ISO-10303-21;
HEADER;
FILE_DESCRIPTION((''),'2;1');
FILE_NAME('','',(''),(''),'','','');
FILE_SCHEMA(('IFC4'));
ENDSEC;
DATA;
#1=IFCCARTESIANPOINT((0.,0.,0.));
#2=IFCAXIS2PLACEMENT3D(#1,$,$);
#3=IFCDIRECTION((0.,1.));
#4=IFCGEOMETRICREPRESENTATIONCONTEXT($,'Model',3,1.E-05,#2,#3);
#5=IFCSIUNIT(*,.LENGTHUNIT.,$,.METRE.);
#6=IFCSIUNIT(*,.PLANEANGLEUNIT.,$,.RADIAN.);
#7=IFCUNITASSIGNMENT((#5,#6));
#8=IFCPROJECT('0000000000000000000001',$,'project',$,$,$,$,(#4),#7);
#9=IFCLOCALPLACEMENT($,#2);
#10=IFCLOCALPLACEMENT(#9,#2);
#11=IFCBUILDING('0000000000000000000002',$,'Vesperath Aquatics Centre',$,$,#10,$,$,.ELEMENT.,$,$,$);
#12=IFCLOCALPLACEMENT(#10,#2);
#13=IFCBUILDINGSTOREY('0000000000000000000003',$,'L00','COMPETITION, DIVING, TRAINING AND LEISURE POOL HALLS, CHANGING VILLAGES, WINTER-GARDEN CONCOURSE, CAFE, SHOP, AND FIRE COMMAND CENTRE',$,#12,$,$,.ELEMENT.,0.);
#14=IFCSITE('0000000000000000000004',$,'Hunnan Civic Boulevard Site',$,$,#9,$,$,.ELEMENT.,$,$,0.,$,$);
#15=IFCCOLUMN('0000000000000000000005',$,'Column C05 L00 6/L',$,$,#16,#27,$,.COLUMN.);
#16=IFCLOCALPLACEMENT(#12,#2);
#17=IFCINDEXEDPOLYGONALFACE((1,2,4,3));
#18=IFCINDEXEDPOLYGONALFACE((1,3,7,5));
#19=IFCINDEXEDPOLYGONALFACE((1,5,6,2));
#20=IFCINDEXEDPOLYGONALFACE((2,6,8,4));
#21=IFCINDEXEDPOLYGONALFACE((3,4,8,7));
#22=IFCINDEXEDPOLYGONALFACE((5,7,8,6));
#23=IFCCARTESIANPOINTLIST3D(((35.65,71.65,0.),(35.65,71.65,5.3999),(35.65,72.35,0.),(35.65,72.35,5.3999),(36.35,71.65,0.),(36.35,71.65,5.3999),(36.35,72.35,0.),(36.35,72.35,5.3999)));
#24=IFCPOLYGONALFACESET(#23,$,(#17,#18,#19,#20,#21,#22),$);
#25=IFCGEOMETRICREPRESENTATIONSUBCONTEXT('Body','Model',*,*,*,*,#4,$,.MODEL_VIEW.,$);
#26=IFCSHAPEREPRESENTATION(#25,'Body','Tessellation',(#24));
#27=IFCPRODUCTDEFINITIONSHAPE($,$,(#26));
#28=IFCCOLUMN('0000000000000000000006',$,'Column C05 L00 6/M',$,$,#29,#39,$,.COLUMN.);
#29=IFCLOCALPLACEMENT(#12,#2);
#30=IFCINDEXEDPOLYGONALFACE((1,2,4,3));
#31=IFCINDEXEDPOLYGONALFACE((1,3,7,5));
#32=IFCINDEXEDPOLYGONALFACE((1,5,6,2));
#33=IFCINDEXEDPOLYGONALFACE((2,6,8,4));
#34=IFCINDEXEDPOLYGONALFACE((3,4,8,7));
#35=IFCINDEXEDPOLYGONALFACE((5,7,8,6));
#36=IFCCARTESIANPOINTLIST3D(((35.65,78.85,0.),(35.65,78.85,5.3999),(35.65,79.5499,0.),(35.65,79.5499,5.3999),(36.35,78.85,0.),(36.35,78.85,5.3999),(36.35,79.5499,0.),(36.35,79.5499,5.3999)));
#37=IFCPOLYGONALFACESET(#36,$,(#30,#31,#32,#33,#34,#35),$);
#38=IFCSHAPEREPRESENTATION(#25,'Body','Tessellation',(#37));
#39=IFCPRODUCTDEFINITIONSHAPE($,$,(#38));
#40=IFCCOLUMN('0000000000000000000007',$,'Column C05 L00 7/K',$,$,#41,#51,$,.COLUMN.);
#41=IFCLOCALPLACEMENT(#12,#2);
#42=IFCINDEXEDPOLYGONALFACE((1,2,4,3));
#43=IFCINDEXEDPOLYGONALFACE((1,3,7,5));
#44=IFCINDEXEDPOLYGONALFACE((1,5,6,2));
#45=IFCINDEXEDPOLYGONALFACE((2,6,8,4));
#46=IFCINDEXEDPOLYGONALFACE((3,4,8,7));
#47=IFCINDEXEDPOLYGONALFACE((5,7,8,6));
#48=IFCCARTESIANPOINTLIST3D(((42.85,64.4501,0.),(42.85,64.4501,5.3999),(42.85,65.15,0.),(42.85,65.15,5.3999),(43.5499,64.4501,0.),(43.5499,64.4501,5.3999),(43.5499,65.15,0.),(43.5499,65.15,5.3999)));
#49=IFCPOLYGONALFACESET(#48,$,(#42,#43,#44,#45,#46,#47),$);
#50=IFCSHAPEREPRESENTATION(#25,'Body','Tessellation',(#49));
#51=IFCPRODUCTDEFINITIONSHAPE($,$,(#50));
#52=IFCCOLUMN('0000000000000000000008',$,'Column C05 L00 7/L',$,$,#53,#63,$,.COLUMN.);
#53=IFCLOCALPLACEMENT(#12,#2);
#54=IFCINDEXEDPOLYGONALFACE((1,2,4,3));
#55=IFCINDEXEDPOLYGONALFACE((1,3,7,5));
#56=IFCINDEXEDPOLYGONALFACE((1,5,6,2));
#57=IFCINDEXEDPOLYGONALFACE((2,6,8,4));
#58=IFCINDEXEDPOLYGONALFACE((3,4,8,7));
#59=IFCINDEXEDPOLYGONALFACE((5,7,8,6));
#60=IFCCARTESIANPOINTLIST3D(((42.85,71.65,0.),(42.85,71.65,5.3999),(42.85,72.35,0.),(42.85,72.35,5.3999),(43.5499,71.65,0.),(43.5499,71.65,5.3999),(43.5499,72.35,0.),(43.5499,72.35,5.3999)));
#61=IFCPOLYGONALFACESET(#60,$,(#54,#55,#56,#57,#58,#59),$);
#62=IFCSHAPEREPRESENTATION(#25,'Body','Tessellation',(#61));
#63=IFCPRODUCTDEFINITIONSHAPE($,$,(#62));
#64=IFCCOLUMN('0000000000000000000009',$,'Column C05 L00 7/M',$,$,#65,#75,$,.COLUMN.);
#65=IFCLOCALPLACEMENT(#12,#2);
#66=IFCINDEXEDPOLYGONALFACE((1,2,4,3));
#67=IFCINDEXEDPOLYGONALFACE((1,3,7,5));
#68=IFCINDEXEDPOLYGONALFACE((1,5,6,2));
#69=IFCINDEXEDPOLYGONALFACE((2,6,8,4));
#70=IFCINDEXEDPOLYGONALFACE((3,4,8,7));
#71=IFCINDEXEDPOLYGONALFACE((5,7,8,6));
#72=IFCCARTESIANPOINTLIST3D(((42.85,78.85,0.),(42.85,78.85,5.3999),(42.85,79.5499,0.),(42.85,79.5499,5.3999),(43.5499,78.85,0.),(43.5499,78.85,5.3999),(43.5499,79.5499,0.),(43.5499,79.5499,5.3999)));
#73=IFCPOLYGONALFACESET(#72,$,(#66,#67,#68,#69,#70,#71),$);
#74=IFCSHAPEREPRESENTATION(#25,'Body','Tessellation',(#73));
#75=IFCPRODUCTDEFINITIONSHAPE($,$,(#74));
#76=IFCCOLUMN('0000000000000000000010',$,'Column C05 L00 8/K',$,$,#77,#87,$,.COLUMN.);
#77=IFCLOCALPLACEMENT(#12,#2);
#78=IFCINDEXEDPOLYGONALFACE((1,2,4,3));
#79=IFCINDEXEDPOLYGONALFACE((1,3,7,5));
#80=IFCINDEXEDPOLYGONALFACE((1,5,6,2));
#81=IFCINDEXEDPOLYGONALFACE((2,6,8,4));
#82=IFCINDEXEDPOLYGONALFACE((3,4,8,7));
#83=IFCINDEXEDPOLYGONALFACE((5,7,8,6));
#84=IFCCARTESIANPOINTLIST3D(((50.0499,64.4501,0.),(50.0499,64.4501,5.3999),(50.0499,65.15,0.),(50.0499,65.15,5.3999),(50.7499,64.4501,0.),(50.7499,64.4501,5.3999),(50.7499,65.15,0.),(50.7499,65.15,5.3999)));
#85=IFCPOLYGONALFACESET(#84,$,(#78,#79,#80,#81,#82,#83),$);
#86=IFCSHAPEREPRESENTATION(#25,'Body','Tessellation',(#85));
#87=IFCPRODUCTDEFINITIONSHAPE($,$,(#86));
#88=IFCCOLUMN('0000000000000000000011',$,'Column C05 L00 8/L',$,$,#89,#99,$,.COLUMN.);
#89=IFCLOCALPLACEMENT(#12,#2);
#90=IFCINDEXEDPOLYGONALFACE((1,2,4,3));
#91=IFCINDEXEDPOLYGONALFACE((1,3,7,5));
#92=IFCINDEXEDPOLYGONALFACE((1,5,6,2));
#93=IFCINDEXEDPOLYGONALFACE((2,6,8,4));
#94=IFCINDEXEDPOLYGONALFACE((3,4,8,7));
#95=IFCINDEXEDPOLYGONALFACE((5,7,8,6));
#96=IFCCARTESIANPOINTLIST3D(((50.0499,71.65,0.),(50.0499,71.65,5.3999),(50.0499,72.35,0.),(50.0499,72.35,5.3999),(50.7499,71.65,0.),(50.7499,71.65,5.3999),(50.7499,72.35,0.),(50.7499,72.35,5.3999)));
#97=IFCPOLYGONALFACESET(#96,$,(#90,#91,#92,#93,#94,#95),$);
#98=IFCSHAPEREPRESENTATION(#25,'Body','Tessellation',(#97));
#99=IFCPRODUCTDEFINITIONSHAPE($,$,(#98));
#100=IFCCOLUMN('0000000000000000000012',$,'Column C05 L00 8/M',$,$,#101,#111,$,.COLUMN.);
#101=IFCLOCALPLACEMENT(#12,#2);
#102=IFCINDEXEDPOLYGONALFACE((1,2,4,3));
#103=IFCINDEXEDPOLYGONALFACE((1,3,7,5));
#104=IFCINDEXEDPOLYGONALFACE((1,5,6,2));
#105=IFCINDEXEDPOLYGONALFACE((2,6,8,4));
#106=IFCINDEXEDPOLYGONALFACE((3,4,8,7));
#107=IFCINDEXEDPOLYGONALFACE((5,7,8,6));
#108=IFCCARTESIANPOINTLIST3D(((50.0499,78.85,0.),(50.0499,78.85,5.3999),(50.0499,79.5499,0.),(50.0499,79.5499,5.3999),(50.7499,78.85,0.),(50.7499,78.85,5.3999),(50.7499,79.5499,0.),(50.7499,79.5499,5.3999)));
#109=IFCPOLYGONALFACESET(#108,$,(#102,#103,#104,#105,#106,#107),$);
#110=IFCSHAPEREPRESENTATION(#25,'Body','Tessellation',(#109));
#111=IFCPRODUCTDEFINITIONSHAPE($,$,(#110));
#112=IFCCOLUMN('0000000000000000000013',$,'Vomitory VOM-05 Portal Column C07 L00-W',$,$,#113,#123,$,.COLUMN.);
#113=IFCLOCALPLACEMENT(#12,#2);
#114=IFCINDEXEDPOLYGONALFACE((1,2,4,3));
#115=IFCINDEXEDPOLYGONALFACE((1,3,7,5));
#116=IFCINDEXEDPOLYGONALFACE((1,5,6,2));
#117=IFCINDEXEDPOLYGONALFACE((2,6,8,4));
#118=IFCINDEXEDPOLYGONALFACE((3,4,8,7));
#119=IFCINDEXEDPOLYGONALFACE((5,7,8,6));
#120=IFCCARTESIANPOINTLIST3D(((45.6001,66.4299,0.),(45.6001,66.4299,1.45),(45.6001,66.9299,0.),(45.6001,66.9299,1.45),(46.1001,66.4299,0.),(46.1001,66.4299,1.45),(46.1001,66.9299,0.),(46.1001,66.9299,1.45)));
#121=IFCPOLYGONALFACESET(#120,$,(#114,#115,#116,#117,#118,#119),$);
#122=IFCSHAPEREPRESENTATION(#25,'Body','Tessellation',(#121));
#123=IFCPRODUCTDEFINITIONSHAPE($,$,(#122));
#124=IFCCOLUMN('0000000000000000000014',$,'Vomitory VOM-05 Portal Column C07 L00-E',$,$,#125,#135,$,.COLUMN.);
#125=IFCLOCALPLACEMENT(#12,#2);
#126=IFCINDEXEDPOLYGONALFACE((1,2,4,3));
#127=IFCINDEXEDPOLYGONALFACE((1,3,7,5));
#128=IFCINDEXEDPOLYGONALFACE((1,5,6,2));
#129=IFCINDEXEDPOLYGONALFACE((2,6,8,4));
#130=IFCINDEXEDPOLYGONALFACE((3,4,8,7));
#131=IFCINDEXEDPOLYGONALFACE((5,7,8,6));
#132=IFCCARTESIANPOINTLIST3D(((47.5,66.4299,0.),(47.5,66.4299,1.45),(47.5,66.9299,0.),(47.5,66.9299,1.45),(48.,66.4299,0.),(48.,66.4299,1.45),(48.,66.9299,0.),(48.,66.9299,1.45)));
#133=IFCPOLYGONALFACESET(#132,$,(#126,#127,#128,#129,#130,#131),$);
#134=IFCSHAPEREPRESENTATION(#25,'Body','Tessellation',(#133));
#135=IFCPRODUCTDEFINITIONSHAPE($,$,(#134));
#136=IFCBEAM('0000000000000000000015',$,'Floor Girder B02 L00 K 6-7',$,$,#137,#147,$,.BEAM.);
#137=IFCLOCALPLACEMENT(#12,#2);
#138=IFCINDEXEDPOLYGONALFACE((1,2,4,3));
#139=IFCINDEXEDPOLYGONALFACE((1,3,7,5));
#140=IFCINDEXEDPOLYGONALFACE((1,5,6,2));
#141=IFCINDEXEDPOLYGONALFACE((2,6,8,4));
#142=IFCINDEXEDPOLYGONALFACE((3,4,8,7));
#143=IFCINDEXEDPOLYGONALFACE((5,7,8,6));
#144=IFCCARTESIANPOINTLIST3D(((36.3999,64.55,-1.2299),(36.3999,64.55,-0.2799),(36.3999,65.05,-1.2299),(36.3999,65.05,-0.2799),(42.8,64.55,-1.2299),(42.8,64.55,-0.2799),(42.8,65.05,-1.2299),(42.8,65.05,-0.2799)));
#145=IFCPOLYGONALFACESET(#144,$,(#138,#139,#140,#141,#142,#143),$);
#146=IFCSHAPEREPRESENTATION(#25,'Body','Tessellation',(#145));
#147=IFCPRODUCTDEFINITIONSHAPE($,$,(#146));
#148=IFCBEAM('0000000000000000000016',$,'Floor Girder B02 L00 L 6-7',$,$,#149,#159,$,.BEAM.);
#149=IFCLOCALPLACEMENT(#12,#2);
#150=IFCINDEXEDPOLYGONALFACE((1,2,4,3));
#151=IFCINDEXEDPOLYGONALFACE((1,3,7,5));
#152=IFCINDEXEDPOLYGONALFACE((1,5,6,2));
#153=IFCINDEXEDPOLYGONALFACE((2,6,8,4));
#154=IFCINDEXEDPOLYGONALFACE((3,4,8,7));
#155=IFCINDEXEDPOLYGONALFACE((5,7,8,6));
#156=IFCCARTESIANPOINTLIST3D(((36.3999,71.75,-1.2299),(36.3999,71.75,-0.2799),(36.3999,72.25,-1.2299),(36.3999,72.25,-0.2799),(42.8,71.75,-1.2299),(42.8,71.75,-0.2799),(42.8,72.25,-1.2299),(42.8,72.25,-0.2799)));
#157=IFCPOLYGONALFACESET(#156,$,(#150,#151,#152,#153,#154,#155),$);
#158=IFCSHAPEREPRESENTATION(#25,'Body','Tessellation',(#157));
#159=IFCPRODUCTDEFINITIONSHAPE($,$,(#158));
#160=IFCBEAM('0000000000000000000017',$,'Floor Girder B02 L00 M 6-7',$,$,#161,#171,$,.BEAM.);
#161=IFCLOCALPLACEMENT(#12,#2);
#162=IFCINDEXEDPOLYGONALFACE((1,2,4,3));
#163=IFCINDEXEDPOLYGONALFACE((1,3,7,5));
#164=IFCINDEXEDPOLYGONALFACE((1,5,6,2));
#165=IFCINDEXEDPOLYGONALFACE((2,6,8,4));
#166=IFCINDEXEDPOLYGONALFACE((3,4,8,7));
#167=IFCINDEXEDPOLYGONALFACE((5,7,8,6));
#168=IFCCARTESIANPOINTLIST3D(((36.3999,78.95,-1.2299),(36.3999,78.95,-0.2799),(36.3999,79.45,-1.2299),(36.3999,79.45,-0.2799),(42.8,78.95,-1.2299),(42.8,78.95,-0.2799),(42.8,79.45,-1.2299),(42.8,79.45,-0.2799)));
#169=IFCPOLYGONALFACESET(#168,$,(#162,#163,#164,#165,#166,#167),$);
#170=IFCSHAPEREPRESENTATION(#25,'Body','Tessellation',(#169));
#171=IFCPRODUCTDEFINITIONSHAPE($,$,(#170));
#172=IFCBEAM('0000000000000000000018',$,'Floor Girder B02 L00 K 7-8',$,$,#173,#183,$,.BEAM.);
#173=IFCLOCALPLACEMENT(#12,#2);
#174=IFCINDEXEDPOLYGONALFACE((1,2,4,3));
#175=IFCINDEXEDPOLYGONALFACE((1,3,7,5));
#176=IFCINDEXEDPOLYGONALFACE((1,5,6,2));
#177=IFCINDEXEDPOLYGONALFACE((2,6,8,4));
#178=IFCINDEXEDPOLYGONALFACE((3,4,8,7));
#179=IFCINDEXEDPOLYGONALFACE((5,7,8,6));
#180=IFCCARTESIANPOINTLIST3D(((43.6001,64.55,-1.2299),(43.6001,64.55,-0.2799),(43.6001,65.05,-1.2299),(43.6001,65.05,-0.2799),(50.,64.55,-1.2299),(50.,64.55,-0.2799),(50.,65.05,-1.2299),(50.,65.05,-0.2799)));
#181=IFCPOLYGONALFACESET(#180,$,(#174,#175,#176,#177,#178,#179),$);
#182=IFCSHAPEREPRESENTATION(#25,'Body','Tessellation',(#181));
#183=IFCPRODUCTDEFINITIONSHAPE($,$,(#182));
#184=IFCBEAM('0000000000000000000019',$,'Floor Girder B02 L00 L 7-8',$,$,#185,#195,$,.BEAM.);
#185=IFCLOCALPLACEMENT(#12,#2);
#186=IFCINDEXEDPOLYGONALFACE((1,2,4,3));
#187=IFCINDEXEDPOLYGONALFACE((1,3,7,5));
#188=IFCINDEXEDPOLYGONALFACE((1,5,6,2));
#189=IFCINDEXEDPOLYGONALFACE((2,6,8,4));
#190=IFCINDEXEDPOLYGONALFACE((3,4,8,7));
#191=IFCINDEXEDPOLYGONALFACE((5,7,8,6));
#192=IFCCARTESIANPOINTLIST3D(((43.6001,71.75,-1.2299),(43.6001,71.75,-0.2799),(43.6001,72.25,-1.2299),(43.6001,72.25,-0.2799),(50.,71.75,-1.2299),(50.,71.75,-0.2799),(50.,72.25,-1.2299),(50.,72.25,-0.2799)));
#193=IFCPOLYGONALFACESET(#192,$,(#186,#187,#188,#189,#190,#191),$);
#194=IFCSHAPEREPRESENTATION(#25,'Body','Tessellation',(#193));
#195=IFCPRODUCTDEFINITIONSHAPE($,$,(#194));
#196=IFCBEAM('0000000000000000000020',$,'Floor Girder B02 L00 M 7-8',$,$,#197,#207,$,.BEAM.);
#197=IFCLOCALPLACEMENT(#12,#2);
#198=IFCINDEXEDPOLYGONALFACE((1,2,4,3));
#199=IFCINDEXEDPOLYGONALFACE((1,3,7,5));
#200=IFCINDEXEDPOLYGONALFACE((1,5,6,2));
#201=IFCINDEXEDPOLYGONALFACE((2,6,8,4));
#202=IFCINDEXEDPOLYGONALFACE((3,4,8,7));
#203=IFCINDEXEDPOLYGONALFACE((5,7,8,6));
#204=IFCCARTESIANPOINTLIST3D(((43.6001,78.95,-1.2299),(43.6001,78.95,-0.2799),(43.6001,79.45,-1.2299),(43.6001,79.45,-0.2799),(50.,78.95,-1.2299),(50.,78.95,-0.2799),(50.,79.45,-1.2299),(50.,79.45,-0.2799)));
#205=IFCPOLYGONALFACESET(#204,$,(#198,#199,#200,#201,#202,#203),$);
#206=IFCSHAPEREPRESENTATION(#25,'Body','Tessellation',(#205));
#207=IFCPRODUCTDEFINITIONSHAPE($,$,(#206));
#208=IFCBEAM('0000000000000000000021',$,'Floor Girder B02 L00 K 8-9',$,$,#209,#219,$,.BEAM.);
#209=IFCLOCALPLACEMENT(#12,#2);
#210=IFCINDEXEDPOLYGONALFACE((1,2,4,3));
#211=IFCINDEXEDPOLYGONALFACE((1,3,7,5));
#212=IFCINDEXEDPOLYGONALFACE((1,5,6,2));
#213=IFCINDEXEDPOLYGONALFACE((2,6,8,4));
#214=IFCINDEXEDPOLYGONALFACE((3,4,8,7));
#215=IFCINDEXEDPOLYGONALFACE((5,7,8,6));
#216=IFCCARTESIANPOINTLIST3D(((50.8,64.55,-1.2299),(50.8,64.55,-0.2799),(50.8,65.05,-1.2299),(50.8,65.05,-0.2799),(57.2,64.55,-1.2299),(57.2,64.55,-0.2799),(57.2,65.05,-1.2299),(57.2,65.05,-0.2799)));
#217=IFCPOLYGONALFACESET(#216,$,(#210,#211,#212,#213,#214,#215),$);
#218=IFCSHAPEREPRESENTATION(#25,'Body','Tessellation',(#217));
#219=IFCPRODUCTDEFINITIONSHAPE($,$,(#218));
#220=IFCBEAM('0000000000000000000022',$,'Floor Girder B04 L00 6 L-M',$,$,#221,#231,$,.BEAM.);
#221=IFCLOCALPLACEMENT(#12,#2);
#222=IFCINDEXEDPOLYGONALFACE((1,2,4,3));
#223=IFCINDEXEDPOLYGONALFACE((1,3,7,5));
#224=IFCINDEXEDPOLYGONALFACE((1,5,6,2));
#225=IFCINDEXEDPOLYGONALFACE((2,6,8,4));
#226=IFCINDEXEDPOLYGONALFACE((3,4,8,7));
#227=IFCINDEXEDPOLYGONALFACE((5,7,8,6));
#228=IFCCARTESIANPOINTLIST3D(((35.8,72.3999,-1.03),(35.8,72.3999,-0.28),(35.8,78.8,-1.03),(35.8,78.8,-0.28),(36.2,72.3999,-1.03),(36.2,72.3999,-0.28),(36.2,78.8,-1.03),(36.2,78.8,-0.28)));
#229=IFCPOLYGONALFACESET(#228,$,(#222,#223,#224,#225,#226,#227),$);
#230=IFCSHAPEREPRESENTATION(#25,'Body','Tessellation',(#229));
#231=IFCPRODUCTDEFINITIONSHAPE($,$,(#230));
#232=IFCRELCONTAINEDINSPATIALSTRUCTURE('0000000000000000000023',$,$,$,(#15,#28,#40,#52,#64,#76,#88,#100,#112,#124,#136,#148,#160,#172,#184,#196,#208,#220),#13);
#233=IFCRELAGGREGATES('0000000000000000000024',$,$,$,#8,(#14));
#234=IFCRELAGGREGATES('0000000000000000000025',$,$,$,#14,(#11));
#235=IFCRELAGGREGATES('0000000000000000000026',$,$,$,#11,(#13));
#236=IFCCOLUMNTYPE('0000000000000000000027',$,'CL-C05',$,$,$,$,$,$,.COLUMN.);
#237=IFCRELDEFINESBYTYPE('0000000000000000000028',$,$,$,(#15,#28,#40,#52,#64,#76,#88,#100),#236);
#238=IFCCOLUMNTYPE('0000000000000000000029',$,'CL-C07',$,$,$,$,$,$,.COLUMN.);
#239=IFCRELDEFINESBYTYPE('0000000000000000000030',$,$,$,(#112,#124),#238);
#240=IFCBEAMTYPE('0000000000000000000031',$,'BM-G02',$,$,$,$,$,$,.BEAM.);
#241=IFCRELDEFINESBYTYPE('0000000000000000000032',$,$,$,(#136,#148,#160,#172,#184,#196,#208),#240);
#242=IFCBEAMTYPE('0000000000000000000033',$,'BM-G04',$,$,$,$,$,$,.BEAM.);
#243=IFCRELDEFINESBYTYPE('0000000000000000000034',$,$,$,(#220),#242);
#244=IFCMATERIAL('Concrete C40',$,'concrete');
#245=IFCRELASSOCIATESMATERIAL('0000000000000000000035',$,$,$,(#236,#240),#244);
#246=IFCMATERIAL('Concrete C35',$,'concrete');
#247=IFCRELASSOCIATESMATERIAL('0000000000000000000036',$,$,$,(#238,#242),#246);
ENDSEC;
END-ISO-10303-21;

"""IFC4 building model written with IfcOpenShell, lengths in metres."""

from ifc_helpers import new_model, si_unit, direction, frame, origin, origin_2d, place, context, subcontext, project, spatial, rectangle, extrude, material, material_profile, profile_set, type_object, element, save


model = new_model("IFC4")

# Units and contexts
model_context = context("Model", 3, precision=1e-05, world=origin(), true_north=direction((0.0, 1.0)))
body_context = subcontext(model_context, "Body", "Model", "MODEL_VIEW")
ifc_project = project(units=[si_unit("LENGTHUNIT", "METRE"), si_unit("PLANEANGLEUNIT", "RADIAN")], contexts=[model_context])

# Site, building, storey
site_placement = place(None, origin())
site = spatial("IfcSite", under=ifc_project, at=site_placement, Name="Hunnan Civic Boulevard Site", CompositionType="ELEMENT", RefElevation=0.0)
building_placement = place(site_placement, origin())
building = spatial("IfcBuilding", under=site, at=building_placement, Name="Vesperath Aquatics Centre", CompositionType="ELEMENT")
storey_placement = place(building_placement, origin())
storey = spatial("IfcBuildingStorey", under=building, at=storey_placement, Name="L00", Description="COMPETITION, DIVING, TRAINING AND LEISURE POOL HALLS, CHANGING VILLAGES, WINTER-GARDEN CONCOURSE, CAFE, SHOP, AND FIRE COMMAND CENTRE", CompositionType="ELEMENT", Elevation=0.0)

# Columns
ifc_material_1 = material(Name="Concrete C40", Category="concrete")
ifc_material_profile_1 = material_profile(ifc_material_1, rectangle(XDim=0.7, YDim=0.7, at=origin_2d()), Name="RC 700x700")
ifc_profile_set_1 = profile_set([ifc_material_profile_1], Name="Concrete C40")
column_type_1 = type_object("IfcColumnType", Name="CL-C05", PredefinedType="COLUMN", material=ifc_profile_set_1)
for number, where, z_axis, x_axis, name in (
    (1, (36.0, 72.0, 0.0), (0.0, 0.0, 1.0), (1.0, 0.0, 0.0), "Column C05 L00 6/L"),
    (2, (36.0, 79.2, 0.0), (0.0, 0.0, 1.0), (1.0, 0.0, 0.0), "Column C05 L00 6/M"),
    (3, (43.2, 64.8, 0.0), (0.0, 0.0, 1.0), (1.0, 0.0, 0.0), "Column C05 L00 7/K"),
    (4, (43.2, 72.0, 0.0), (0.0, 0.0, 1.0), (1.0, 0.0, 0.0), "Column C05 L00 7/L"),
    (5, (43.2, 79.2, 0.0), (0.0, 0.0, 1.0), (1.0, 0.0, 0.0), "Column C05 L00 7/M"),
    (6, (50.3999, 64.8, 0.0), (0.0, 0.0, 1.0), (1.0, 0.0, 0.0), "Column C05 L00 8/K"),
    (7, (50.3999, 72.0, 0.0), (0.0, 0.0, 1.0), (1.0, 0.0, 0.0), "Column C05 L00 8/L"),
    (8, (50.3999, 79.2, 0.0), (0.0, 0.0, 1.0), (1.0, 0.0, 0.0), "Column C05 L00 8/M"),
):
    element("IfcColumn", number, at=place(storey_placement, frame(where, z_axis=z_axis, x_axis=x_axis)), inside=storey, type_object=column_type_1, Name=name, PredefinedType="COLUMN", context=body_context, shape_type="SweptSolid", body=[
        extrude(rectangle(XDim=0.7, YDim=0.7, at=origin_2d()), origin(), (0.0, 0.0, 1.0), 5.3999),
    ])
ifc_material_2 = material(Name="Concrete C35", Category="concrete")
ifc_material_profile_2 = material_profile(ifc_material_2, rectangle(XDim=0.5, YDim=0.5, at=origin_2d()), Name="RC 500x500")
ifc_profile_set_2 = profile_set([ifc_material_profile_2], Name="Concrete C35")
column_type_2 = type_object("IfcColumnType", Name="CL-C07", PredefinedType="COLUMN", material=ifc_profile_set_2)
for number, where, z_axis, x_axis, name in (
    (9, (45.8501, 66.6799, 0.0), (0.0, 0.0, 1.0), (1.0, 0.0, 0.0), "Vomitory VOM-05 Portal Column C07 L00-W"),
    (10, (47.75, 66.6799, 0.0), (0.0, 0.0, 1.0), (1.0, 0.0, 0.0), "Vomitory VOM-05 Portal Column C07 L00-E"),
):
    element("IfcColumn", number, at=place(storey_placement, frame(where, z_axis=z_axis, x_axis=x_axis)), inside=storey, type_object=column_type_2, Name=name, PredefinedType="COLUMN", context=body_context, shape_type="SweptSolid", body=[
        extrude(rectangle(XDim=0.5, YDim=0.5, at=origin_2d()), origin(), (0.0, 0.0, 1.0), 1.45),
    ])

# Beams
ifc_material_profile_3 = material_profile(ifc_material_1, rectangle(XDim=0.5, YDim=0.95, at=origin_2d()), Name="RC 500x950")
ifc_profile_set_3 = profile_set([ifc_material_profile_3], Name="Concrete C40")
beam_type_1 = type_object("IfcBeamType", Name="BM-G02", PredefinedType="BEAM", material=ifc_profile_set_3)
for number, where, z_axis, x_axis, name in (
    (11, (36.3999, 64.8, -0.7549), (1.0, 0.0, 0.0), (0.0, 1.0, 0.0), "Floor Girder B02 L00 K 6-7"),
    (12, (36.3999, 72.0, -0.7549), (1.0, 0.0, 0.0), (0.0, 1.0, 0.0), "Floor Girder B02 L00 L 6-7"),
    (13, (36.3999, 79.2, -0.7549), (1.0, 0.0, 0.0), (0.0, 1.0, 0.0), "Floor Girder B02 L00 M 6-7"),
):
    element("IfcBeam", number, at=place(storey_placement, frame(where, z_axis=z_axis, x_axis=x_axis)), inside=storey, type_object=beam_type_1, Name=name, PredefinedType="BEAM", context=body_context, shape_type="SweptSolid", body=[
        extrude(rectangle(XDim=0.5, YDim=0.95, at=origin_2d()), origin(), (0.0, 0.0, 1.0), 6.4001),
    ])
for number, where, z_axis, x_axis, name in (
    (14, (43.6001, 64.8, -0.7549), (1.0, 0.0, 0.0), (0.0, 1.0, 0.0), "Floor Girder B02 L00 K 7-8"),
    (15, (43.6001, 72.0, -0.7549), (1.0, 0.0, 0.0), (0.0, 1.0, 0.0), "Floor Girder B02 L00 L 7-8"),
    (16, (43.6001, 79.2, -0.7549), (1.0, 0.0, 0.0), (0.0, 1.0, 0.0), "Floor Girder B02 L00 M 7-8"),
    (17, (50.8, 64.8, -0.7549), (1.0, 0.0, 0.0), (0.0, 1.0, 0.0), "Floor Girder B02 L00 K 8-9"),
):
    element("IfcBeam", number, at=place(storey_placement, frame(where, z_axis=z_axis, x_axis=x_axis)), inside=storey, type_object=beam_type_1, Name=name, PredefinedType="BEAM", context=body_context, shape_type="SweptSolid", body=[
        extrude(rectangle(XDim=0.5, YDim=0.95, at=origin_2d()), origin(), (0.0, 0.0, 1.0), 6.3999),
    ])
ifc_material_profile_4 = material_profile(ifc_material_2, rectangle(XDim=0.3999, YDim=0.75, at=origin_2d()), Name="RC 400x750")
ifc_profile_set_4 = profile_set([ifc_material_profile_4], Name="Concrete C35")
beam_type_2 = type_object("IfcBeamType", Name="BM-G04", PredefinedType="BEAM", material=ifc_profile_set_4)
beam_1_placement = place(storey_placement, frame((36.0, 72.3999, -0.655), z_axis=(0.0, 1.0, 0.0), x_axis=(-1.0, 0.0, 0.0)))
element("IfcBeam", 18, at=beam_1_placement, inside=storey, type_object=beam_type_2, Name="Floor Girder B04 L00 6 L-M", PredefinedType="BEAM", context=body_context, shape_type="SweptSolid", body=[
    extrude(rectangle(XDim=0.3999, YDim=0.75, at=origin_2d()), origin(), (0.0, 0.0, 1.0), 6.4001),
])

save(model, "model.ifc")
